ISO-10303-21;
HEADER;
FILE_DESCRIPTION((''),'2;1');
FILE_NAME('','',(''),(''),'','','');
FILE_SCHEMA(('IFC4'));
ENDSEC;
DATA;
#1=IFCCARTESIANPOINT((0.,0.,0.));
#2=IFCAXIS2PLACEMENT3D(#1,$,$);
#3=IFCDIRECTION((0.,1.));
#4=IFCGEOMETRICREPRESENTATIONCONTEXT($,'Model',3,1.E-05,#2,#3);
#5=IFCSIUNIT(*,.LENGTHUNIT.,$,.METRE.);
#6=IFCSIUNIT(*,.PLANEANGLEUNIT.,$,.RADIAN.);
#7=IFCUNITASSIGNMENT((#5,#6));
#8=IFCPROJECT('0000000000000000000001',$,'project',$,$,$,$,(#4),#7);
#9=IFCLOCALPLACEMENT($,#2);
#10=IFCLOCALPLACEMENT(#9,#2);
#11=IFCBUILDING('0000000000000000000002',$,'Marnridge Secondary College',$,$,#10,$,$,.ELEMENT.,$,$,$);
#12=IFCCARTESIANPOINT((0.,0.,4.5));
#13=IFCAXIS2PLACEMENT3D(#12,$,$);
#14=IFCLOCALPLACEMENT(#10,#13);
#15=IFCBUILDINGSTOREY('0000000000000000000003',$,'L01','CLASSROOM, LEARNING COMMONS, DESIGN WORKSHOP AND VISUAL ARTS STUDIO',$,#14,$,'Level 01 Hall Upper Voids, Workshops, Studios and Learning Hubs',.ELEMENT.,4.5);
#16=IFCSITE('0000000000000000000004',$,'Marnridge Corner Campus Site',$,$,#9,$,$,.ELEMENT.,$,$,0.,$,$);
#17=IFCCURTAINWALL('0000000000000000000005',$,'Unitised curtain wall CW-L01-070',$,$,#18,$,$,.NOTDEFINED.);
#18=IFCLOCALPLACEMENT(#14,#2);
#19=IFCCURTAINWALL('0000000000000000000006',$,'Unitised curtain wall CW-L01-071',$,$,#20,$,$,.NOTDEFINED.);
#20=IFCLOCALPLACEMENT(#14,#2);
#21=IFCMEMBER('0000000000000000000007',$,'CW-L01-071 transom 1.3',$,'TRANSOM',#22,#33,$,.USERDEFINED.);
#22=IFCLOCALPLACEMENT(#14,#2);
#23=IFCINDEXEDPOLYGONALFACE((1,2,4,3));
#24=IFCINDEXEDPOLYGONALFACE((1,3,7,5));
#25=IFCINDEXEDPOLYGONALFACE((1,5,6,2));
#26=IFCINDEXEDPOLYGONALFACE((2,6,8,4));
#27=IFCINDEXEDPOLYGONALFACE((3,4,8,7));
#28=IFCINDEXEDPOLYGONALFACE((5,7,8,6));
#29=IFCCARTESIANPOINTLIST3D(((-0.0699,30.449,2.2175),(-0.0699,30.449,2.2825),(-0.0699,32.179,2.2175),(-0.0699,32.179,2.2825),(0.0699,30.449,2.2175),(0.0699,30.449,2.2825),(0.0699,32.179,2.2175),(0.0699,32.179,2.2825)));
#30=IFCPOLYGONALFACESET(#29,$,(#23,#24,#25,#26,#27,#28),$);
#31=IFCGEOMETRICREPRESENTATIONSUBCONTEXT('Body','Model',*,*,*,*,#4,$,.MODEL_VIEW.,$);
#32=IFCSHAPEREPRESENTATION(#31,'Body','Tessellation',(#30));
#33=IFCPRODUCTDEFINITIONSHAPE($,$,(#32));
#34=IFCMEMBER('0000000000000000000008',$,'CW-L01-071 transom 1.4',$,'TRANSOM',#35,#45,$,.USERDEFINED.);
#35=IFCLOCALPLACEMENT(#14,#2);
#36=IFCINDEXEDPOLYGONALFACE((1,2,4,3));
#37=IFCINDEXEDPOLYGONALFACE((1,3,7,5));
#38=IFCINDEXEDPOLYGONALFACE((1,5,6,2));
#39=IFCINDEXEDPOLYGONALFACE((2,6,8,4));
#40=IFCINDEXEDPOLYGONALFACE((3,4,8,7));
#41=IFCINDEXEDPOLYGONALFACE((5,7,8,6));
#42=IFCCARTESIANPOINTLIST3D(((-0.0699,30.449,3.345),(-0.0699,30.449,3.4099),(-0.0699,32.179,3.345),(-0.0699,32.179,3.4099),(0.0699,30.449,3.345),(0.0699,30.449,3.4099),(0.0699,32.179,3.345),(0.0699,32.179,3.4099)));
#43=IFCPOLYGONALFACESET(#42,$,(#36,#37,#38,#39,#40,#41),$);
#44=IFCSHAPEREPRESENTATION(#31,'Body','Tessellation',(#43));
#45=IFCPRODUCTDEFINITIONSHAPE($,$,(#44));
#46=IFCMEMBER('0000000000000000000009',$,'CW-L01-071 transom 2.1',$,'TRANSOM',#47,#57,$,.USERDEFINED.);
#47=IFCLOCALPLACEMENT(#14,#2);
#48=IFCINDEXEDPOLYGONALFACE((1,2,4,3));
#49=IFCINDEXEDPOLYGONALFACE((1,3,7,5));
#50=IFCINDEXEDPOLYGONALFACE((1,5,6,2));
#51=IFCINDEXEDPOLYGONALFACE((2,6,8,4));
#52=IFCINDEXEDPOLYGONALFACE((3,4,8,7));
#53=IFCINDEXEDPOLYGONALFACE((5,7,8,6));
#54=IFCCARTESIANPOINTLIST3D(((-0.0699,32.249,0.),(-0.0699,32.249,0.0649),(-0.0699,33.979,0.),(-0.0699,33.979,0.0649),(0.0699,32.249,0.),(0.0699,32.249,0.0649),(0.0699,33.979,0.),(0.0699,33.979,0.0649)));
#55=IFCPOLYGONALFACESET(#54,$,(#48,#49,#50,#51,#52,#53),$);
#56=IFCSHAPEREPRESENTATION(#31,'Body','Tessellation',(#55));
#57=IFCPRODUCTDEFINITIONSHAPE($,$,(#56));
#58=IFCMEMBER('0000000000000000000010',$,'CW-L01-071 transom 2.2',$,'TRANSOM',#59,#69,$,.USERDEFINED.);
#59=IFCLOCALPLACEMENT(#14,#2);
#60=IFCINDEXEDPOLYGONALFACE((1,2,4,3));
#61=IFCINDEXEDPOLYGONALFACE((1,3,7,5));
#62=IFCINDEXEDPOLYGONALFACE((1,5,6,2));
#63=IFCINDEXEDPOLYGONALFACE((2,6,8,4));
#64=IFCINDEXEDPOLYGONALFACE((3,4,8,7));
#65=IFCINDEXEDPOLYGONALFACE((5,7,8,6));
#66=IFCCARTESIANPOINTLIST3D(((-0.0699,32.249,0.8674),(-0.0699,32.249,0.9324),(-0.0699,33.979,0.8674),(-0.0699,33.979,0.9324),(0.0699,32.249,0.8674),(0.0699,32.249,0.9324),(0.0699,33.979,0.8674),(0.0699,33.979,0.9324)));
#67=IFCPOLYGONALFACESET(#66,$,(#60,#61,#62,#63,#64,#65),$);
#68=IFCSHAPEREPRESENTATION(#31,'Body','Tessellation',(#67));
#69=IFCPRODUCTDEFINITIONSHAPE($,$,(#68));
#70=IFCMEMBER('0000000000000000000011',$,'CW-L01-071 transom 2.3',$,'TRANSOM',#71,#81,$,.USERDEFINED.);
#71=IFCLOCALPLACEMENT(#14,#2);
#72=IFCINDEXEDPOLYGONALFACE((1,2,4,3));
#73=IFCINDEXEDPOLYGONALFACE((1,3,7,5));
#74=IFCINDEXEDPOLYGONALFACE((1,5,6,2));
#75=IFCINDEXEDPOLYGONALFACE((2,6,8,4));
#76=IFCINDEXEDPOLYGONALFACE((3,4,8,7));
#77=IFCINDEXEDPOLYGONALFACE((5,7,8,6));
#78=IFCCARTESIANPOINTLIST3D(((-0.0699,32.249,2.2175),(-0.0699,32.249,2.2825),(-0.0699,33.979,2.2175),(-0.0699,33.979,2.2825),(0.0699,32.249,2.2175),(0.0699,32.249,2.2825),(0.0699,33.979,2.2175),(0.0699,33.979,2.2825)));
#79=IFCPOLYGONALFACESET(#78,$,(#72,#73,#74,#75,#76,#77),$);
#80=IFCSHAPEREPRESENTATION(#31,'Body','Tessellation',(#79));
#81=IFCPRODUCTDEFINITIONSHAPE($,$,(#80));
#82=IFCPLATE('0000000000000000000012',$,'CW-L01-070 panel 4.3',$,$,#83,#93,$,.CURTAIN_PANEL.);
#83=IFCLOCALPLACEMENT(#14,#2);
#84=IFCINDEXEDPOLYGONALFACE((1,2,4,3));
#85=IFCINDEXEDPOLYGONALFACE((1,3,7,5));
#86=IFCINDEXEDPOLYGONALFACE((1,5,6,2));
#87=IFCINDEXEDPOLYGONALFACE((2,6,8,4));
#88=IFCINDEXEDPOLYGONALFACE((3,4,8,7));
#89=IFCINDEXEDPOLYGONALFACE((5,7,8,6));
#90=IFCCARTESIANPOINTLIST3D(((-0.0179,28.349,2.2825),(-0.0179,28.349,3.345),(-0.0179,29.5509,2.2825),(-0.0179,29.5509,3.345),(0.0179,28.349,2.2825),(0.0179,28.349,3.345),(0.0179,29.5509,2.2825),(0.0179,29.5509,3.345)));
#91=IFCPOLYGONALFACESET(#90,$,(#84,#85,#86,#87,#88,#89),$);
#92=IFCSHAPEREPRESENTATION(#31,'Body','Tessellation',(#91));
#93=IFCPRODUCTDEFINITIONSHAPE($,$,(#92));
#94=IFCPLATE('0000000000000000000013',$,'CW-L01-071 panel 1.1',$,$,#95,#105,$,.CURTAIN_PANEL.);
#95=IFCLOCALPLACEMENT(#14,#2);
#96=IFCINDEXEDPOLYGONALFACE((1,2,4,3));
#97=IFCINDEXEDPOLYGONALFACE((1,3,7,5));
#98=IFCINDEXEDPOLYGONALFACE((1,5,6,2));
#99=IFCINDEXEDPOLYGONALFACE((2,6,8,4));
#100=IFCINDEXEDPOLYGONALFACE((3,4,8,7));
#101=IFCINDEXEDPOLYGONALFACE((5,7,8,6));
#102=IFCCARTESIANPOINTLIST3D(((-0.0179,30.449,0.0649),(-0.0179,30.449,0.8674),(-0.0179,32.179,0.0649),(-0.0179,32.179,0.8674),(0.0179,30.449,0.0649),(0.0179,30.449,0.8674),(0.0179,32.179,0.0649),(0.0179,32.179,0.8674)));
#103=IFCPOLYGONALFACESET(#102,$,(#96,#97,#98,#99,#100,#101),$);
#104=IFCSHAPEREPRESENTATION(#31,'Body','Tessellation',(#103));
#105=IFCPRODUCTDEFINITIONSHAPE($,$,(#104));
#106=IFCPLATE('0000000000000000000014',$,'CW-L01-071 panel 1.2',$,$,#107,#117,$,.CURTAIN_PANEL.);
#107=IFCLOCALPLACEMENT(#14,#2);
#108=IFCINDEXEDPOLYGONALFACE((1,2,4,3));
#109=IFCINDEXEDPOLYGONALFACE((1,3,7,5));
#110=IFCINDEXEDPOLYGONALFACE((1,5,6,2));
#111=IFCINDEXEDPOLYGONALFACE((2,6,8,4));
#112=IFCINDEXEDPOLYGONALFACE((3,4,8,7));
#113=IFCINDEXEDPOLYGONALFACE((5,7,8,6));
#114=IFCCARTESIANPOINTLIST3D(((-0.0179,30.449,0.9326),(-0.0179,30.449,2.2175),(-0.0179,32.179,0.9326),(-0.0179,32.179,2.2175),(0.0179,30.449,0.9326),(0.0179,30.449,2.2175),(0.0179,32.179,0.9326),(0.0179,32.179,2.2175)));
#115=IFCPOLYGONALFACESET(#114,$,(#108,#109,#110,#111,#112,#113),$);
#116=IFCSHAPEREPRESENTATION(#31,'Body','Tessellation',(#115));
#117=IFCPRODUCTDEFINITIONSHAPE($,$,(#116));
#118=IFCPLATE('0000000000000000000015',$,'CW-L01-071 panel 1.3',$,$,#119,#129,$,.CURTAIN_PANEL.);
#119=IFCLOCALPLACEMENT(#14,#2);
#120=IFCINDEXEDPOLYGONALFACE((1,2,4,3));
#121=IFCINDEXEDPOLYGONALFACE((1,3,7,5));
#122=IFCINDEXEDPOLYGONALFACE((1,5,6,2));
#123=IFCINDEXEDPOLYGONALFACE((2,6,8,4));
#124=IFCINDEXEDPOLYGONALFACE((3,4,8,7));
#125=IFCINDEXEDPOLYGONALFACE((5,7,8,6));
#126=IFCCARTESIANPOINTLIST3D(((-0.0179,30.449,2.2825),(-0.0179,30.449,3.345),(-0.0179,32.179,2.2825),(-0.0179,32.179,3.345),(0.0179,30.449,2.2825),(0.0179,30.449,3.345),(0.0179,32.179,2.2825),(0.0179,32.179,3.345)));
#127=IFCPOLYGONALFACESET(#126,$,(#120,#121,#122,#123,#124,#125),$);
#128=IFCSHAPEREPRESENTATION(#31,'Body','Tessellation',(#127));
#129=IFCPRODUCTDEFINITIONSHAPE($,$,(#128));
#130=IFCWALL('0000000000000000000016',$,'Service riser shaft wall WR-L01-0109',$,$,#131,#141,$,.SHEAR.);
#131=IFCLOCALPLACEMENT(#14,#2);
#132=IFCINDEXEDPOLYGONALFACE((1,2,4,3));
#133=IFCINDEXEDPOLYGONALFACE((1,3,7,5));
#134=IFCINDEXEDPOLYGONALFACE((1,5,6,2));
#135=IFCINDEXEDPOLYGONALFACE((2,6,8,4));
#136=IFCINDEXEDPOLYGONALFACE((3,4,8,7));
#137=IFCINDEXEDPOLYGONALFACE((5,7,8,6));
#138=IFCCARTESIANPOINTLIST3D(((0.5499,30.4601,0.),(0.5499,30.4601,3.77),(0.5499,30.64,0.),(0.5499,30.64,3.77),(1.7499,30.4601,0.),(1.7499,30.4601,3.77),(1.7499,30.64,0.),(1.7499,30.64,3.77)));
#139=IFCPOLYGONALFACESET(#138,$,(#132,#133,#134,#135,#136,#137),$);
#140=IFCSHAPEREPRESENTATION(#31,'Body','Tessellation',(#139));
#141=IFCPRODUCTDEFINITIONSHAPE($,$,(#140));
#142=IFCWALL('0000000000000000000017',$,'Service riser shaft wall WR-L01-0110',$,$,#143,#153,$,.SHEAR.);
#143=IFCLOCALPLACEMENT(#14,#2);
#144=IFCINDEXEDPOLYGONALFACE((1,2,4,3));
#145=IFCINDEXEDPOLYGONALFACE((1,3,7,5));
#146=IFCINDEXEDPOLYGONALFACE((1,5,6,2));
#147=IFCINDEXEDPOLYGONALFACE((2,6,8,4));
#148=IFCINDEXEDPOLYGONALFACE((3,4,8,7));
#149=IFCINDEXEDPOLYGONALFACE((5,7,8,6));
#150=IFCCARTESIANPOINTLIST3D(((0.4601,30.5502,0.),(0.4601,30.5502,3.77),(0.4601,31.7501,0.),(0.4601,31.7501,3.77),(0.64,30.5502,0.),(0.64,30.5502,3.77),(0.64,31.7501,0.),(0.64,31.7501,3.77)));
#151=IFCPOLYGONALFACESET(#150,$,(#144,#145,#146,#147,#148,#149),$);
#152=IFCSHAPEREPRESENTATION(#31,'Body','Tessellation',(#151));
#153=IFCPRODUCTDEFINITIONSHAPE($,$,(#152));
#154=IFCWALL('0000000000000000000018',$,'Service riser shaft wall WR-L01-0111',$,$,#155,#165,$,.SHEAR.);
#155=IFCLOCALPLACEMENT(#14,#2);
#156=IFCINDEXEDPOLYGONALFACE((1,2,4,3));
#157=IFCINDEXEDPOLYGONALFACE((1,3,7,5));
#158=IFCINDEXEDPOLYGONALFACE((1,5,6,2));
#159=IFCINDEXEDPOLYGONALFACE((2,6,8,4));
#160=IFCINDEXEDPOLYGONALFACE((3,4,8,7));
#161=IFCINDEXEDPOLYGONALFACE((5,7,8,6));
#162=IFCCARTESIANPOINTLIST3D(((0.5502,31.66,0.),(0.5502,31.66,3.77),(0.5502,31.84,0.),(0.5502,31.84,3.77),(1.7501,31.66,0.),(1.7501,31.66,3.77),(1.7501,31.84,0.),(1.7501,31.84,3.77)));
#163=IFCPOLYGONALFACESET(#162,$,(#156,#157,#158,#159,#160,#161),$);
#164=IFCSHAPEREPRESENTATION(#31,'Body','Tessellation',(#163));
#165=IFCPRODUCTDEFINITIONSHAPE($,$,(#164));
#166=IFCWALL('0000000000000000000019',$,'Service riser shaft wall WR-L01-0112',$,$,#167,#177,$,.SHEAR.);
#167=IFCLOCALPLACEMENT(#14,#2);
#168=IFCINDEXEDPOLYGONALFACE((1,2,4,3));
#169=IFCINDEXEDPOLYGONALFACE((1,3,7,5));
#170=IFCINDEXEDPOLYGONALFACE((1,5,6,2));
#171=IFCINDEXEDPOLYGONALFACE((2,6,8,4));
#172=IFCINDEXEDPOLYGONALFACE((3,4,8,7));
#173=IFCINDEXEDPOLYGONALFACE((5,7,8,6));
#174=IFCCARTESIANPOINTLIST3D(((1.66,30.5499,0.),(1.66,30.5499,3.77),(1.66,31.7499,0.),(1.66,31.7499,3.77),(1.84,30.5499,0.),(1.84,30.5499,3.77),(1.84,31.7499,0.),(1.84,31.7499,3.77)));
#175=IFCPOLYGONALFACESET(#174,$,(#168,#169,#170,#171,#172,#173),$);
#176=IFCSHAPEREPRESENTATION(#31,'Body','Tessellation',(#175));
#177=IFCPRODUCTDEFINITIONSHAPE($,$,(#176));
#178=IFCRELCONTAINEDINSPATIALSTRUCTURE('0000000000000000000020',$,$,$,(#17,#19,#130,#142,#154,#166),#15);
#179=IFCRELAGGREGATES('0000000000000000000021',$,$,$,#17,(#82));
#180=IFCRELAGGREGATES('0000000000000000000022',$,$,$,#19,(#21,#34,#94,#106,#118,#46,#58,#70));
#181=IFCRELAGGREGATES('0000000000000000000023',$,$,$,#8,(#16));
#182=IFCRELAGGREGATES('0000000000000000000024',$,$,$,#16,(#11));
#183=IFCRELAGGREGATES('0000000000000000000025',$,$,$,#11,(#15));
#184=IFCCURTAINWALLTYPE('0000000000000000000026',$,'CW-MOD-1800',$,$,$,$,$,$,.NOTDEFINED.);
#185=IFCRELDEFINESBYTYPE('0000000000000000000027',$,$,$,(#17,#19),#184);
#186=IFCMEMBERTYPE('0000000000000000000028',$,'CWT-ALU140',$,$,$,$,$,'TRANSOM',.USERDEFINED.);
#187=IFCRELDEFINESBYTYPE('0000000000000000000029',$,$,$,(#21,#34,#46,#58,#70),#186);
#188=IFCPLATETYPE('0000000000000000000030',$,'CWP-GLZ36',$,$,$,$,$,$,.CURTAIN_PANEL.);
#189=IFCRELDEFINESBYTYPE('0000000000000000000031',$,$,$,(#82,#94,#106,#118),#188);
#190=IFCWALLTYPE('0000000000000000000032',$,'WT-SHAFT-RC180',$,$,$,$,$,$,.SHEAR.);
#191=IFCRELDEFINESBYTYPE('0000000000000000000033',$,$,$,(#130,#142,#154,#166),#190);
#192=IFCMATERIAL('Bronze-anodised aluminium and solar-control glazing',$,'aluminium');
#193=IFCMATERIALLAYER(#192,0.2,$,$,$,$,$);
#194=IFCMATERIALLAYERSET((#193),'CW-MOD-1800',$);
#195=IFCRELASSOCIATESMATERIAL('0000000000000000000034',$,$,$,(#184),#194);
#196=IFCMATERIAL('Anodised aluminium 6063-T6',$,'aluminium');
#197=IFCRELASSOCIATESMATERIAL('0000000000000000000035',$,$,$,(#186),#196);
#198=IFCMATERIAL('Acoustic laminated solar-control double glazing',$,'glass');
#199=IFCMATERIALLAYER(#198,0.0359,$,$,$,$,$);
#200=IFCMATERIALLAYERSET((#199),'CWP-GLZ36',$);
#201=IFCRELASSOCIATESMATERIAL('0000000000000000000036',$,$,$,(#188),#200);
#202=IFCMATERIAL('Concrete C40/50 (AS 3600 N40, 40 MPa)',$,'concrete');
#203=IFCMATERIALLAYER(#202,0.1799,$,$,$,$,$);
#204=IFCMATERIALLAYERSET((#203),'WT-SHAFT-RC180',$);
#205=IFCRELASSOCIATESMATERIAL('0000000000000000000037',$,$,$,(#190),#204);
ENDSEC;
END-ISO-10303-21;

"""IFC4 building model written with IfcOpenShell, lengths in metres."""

from ifc_helpers import new_model, si_unit, direction, frame, frame_2d, origin, origin_2d, place, context, subcontext, project, spatial, rectangle, extrude, material, layer, layer_set, material_profile, profile_set, type_object, element, aggregate, save


model = new_model("IFC4")

# Units and contexts
model_context = context("Model", 3, precision=1e-05, world=origin(), true_north=direction((0.0, 1.0)))
body_context = subcontext(model_context, "Body", "Model", "MODEL_VIEW")
ifc_project = project(units=[si_unit("LENGTHUNIT", "METRE"), si_unit("PLANEANGLEUNIT", "RADIAN")], contexts=[model_context])

# Site, building, storey
site_placement = place(None, origin())
site = spatial("IfcSite", under=ifc_project, at=site_placement, Name="Marnridge Corner Campus Site", CompositionType="ELEMENT", RefElevation=0.0)
building_placement = place(site_placement, origin())
building = spatial("IfcBuilding", under=site, at=building_placement, Name="Marnridge Secondary College", CompositionType="ELEMENT")
storey_placement = place(building_placement, frame((0.0, 0.0, 4.5)))
storey = spatial("IfcBuildingStorey", under=building, at=storey_placement, Name="L01", Description="CLASSROOM, LEARNING COMMONS, DESIGN WORKSHOP AND VISUAL ARTS STUDIO", LongName="Level 01 Hall Upper Voids, Workshops, Studios and Learning Hubs", CompositionType="ELEMENT", Elevation=4.5)

# Curtain wall
ifc_material_1 = material(Name="Bronze-anodised aluminium and solar-control glazing", Category="aluminium")
ifc_layer_1 = layer(ifc_material_1, 0.2)
ifc_layer_set_1 = layer_set([ifc_layer_1], Name="CW-MOD-1800")
curtain_wall_type = type_object("IfcCurtainWallType", Name="CW-MOD-1800", PredefinedType="NOTDEFINED", material=ifc_layer_set_1)
curtain_wall_1_placement = place(storey_placement, origin())
curtain_wall_1 = element("IfcCurtainWall", 1, at=curtain_wall_1_placement, inside=storey, type_object=curtain_wall_type, Name="Unitised curtain wall CW-L01-070", PredefinedType="NOTDEFINED")

# Curtain wall, members
curtain_wall_2_placement = place(storey_placement, origin())
curtain_wall_2 = element("IfcCurtainWall", 2, at=curtain_wall_2_placement, inside=storey, type_object=curtain_wall_type, Name="Unitised curtain wall CW-L01-071", PredefinedType="NOTDEFINED")
ifc_material_2 = material(Name="Anodised aluminium 6063-T6", Category="aluminium")
ifc_material_profile_1 = material_profile(ifc_material_2, rectangle(XDim=0.0649, YDim=0.1399, at=origin_2d()), Name="ALU 65x140")
ifc_profile_set_1 = profile_set([ifc_material_profile_1], Name="Anodised aluminium 6063-T6")
member_type_1 = type_object("IfcMemberType", Name="CWT-ALU140", ElementType="TRANSOM", PredefinedType="USERDEFINED", material=ifc_profile_set_1)
member_1_placement = place(storey_placement, frame((0.0, 30.449, 2.25), z_axis=(0.0, 1.0, 0.0), x_axis=(0.0, 0.0, 1.0)))
member_1 = element("IfcMember", 3, at=member_1_placement, type_object=member_type_1, Name="CW-L01-071 transom 1.3", ObjectType="TRANSOM", PredefinedType="USERDEFINED", context=body_context, shape_type="SweptSolid", body=[
    extrude(rectangle(XDim=0.0649, YDim=0.1399, at=origin_2d()), origin(), (0.0, 0.0, 1.0), 1.73),
])
member_2_placement = place(storey_placement, frame((0.0, 30.449, 3.3774), z_axis=(0.0, 1.0, 0.0), x_axis=(0.0, 0.0, 1.0)))
member_2 = element("IfcMember", 4, at=member_2_placement, type_object=member_type_1, Name="CW-L01-071 transom 1.4", ObjectType="TRANSOM", PredefinedType="USERDEFINED", context=body_context, shape_type="SweptSolid", body=[
    extrude(rectangle(XDim=0.0649, YDim=0.1399, at=origin_2d()), origin(), (0.0, 0.0, 1.0), 1.73),
])
member_3_placement = place(storey_placement, frame((0.0, 32.249, 0.0325), z_axis=(0.0, 1.0, 0.0), x_axis=(0.0, 0.0, 1.0)))
member_3 = element("IfcMember", 5, at=member_3_placement, type_object=member_type_1, Name="CW-L01-071 transom 2.1", ObjectType="TRANSOM", PredefinedType="USERDEFINED", context=body_context, shape_type="SweptSolid", body=[
    extrude(rectangle(XDim=0.0649, YDim=0.1399, at=origin_2d()), origin(), (0.0, 0.0, 1.0), 1.73),
])
member_4_placement = place(storey_placement, frame((0.0, 32.249, 0.8999), z_axis=(0.0, 1.0, 0.0), x_axis=(0.0, 0.0, 1.0)))
member_4 = element("IfcMember", 6, at=member_4_placement, type_object=member_type_1, Name="CW-L01-071 transom 2.2", ObjectType="TRANSOM", PredefinedType="USERDEFINED", context=body_context, shape_type="SweptSolid", body=[
    extrude(rectangle(XDim=0.0649, YDim=0.1399, at=origin_2d()), origin(), (0.0, 0.0, 1.0), 1.73),
])
member_5_placement = place(storey_placement, frame((0.0, 32.249, 2.25), z_axis=(0.0, 1.0, 0.0), x_axis=(0.0, 0.0, 1.0)))
member_5 = element("IfcMember", 7, at=member_5_placement, type_object=member_type_1, Name="CW-L01-071 transom 2.3", ObjectType="TRANSOM", PredefinedType="USERDEFINED", context=body_context, shape_type="SweptSolid", body=[
    extrude(rectangle(XDim=0.0649, YDim=0.1399, at=origin_2d()), origin(), (0.0, 0.0, 1.0), 1.73),
])

# Plates
ifc_material_3 = material(Name="Acoustic laminated solar-control double glazing", Category="glass")
ifc_layer_2 = layer(ifc_material_3, 0.0359)
ifc_layer_set_2 = layer_set([ifc_layer_2], Name="CWP-GLZ36")
plate_type = type_object("IfcPlateType", Name="CWP-GLZ36", PredefinedType="CURTAIN_PANEL", material=ifc_layer_set_2)
plate_1_placement = place(storey_placement, frame((0.0, 28.95, 2.2825), z_axis=(0.0, 0.0, 1.0), x_axis=(0.0, 1.0, 0.0)))
plate_1 = element("IfcPlate", 8, at=plate_1_placement, type_object=plate_type, Name="CW-L01-070 panel 4.3", PredefinedType="CURTAIN_PANEL", context=body_context, shape_type="SweptSolid", body=[
    extrude(rectangle(XDim=1.2019, YDim=0.0359, at=origin_2d()), origin(), (0.0, 0.0, 1.0), 1.0625),
])
aggregate(curtain_wall_1, [plate_1])
plate_2_placement = place(storey_placement, frame((0.0, 31.314, 0.0649), z_axis=(0.0, 0.0, 1.0), x_axis=(0.0, 1.0, 0.0)))
plate_2 = element("IfcPlate", 9, at=plate_2_placement, type_object=plate_type, Name="CW-L01-071 panel 1.1", PredefinedType="CURTAIN_PANEL", context=body_context, shape_type="SweptSolid", body=[
    extrude(rectangle(XDim=1.73, YDim=0.0359, at=origin_2d()), origin(), (0.0, 0.0, 1.0), 0.8025),
])
plate_3_placement = place(storey_placement, frame((0.0, 31.314, 0.9326), z_axis=(0.0, 0.0, 1.0), x_axis=(0.0, 1.0, 0.0)))
plate_3 = element("IfcPlate", 10, at=plate_3_placement, type_object=plate_type, Name="CW-L01-071 panel 1.2", PredefinedType="CURTAIN_PANEL", context=body_context, shape_type="SweptSolid", body=[
    extrude(rectangle(XDim=1.73, YDim=0.0359, at=origin_2d()), origin(), (0.0, 0.0, 1.0), 1.2849),
])
plate_4_placement = place(storey_placement, frame((0.0, 31.314, 2.2825), z_axis=(0.0, 0.0, 1.0), x_axis=(0.0, 1.0, 0.0)))
plate_4 = element("IfcPlate", 11, at=plate_4_placement, type_object=plate_type, Name="CW-L01-071 panel 1.3", PredefinedType="CURTAIN_PANEL", context=body_context, shape_type="SweptSolid", body=[
    extrude(rectangle(XDim=1.73, YDim=0.0359, at=origin_2d()), origin(), (0.0, 0.0, 1.0), 1.0625),
])
aggregate(curtain_wall_2, [member_1, member_2, plate_2, plate_3, plate_4, member_3, member_4, member_5])

# Walls
ifc_material_4 = material(Name="Concrete C40/50 (AS 3600 N40, 40 MPa)", Category="concrete")
ifc_layer_3 = layer(ifc_material_4, 0.1799)
ifc_layer_set_3 = layer_set([ifc_layer_3], Name="WT-SHAFT-RC180")
wall_type = type_object("IfcWallType", Name="WT-SHAFT-RC180", PredefinedType="SHEAR", material=ifc_layer_set_3)
for number, where, z_axis, x_axis, name in (
    (12, (1.75, 30.55, 0.0), (0.0, 0.0, 1.0), (-1.0, 0.0, 0.0), "Service riser shaft wall WR-L01-0109"),
    (13, (0.55, 30.55, 0.0), (0.0, 0.0, 1.0), (0.0, 1.0, 0.0), "Service riser shaft wall WR-L01-0110"),
    (14, (0.55, 31.75, 0.0), (0.0, 0.0, 1.0), (1.0, 0.0, 0.0), "Service riser shaft wall WR-L01-0111"),
    (15, (1.75, 31.75, 0.0), (0.0, 0.0, 1.0), (0.0, -1.0, 0.0), "Service riser shaft wall WR-L01-0112"),
):
    element("IfcWall", number, at=place(storey_placement, frame(where, z_axis=z_axis, x_axis=x_axis)), inside=storey, type_object=wall_type, Name=name, PredefinedType="SHEAR", context=body_context, shape_type="SweptSolid", body=[
        extrude(rectangle(XDim=1.2, YDim=0.1799, at=frame_2d((0.6001, 0.0))), origin(), (0.0, 0.0, 1.0), 3.77),
    ])

save(model, "model.ifc")
